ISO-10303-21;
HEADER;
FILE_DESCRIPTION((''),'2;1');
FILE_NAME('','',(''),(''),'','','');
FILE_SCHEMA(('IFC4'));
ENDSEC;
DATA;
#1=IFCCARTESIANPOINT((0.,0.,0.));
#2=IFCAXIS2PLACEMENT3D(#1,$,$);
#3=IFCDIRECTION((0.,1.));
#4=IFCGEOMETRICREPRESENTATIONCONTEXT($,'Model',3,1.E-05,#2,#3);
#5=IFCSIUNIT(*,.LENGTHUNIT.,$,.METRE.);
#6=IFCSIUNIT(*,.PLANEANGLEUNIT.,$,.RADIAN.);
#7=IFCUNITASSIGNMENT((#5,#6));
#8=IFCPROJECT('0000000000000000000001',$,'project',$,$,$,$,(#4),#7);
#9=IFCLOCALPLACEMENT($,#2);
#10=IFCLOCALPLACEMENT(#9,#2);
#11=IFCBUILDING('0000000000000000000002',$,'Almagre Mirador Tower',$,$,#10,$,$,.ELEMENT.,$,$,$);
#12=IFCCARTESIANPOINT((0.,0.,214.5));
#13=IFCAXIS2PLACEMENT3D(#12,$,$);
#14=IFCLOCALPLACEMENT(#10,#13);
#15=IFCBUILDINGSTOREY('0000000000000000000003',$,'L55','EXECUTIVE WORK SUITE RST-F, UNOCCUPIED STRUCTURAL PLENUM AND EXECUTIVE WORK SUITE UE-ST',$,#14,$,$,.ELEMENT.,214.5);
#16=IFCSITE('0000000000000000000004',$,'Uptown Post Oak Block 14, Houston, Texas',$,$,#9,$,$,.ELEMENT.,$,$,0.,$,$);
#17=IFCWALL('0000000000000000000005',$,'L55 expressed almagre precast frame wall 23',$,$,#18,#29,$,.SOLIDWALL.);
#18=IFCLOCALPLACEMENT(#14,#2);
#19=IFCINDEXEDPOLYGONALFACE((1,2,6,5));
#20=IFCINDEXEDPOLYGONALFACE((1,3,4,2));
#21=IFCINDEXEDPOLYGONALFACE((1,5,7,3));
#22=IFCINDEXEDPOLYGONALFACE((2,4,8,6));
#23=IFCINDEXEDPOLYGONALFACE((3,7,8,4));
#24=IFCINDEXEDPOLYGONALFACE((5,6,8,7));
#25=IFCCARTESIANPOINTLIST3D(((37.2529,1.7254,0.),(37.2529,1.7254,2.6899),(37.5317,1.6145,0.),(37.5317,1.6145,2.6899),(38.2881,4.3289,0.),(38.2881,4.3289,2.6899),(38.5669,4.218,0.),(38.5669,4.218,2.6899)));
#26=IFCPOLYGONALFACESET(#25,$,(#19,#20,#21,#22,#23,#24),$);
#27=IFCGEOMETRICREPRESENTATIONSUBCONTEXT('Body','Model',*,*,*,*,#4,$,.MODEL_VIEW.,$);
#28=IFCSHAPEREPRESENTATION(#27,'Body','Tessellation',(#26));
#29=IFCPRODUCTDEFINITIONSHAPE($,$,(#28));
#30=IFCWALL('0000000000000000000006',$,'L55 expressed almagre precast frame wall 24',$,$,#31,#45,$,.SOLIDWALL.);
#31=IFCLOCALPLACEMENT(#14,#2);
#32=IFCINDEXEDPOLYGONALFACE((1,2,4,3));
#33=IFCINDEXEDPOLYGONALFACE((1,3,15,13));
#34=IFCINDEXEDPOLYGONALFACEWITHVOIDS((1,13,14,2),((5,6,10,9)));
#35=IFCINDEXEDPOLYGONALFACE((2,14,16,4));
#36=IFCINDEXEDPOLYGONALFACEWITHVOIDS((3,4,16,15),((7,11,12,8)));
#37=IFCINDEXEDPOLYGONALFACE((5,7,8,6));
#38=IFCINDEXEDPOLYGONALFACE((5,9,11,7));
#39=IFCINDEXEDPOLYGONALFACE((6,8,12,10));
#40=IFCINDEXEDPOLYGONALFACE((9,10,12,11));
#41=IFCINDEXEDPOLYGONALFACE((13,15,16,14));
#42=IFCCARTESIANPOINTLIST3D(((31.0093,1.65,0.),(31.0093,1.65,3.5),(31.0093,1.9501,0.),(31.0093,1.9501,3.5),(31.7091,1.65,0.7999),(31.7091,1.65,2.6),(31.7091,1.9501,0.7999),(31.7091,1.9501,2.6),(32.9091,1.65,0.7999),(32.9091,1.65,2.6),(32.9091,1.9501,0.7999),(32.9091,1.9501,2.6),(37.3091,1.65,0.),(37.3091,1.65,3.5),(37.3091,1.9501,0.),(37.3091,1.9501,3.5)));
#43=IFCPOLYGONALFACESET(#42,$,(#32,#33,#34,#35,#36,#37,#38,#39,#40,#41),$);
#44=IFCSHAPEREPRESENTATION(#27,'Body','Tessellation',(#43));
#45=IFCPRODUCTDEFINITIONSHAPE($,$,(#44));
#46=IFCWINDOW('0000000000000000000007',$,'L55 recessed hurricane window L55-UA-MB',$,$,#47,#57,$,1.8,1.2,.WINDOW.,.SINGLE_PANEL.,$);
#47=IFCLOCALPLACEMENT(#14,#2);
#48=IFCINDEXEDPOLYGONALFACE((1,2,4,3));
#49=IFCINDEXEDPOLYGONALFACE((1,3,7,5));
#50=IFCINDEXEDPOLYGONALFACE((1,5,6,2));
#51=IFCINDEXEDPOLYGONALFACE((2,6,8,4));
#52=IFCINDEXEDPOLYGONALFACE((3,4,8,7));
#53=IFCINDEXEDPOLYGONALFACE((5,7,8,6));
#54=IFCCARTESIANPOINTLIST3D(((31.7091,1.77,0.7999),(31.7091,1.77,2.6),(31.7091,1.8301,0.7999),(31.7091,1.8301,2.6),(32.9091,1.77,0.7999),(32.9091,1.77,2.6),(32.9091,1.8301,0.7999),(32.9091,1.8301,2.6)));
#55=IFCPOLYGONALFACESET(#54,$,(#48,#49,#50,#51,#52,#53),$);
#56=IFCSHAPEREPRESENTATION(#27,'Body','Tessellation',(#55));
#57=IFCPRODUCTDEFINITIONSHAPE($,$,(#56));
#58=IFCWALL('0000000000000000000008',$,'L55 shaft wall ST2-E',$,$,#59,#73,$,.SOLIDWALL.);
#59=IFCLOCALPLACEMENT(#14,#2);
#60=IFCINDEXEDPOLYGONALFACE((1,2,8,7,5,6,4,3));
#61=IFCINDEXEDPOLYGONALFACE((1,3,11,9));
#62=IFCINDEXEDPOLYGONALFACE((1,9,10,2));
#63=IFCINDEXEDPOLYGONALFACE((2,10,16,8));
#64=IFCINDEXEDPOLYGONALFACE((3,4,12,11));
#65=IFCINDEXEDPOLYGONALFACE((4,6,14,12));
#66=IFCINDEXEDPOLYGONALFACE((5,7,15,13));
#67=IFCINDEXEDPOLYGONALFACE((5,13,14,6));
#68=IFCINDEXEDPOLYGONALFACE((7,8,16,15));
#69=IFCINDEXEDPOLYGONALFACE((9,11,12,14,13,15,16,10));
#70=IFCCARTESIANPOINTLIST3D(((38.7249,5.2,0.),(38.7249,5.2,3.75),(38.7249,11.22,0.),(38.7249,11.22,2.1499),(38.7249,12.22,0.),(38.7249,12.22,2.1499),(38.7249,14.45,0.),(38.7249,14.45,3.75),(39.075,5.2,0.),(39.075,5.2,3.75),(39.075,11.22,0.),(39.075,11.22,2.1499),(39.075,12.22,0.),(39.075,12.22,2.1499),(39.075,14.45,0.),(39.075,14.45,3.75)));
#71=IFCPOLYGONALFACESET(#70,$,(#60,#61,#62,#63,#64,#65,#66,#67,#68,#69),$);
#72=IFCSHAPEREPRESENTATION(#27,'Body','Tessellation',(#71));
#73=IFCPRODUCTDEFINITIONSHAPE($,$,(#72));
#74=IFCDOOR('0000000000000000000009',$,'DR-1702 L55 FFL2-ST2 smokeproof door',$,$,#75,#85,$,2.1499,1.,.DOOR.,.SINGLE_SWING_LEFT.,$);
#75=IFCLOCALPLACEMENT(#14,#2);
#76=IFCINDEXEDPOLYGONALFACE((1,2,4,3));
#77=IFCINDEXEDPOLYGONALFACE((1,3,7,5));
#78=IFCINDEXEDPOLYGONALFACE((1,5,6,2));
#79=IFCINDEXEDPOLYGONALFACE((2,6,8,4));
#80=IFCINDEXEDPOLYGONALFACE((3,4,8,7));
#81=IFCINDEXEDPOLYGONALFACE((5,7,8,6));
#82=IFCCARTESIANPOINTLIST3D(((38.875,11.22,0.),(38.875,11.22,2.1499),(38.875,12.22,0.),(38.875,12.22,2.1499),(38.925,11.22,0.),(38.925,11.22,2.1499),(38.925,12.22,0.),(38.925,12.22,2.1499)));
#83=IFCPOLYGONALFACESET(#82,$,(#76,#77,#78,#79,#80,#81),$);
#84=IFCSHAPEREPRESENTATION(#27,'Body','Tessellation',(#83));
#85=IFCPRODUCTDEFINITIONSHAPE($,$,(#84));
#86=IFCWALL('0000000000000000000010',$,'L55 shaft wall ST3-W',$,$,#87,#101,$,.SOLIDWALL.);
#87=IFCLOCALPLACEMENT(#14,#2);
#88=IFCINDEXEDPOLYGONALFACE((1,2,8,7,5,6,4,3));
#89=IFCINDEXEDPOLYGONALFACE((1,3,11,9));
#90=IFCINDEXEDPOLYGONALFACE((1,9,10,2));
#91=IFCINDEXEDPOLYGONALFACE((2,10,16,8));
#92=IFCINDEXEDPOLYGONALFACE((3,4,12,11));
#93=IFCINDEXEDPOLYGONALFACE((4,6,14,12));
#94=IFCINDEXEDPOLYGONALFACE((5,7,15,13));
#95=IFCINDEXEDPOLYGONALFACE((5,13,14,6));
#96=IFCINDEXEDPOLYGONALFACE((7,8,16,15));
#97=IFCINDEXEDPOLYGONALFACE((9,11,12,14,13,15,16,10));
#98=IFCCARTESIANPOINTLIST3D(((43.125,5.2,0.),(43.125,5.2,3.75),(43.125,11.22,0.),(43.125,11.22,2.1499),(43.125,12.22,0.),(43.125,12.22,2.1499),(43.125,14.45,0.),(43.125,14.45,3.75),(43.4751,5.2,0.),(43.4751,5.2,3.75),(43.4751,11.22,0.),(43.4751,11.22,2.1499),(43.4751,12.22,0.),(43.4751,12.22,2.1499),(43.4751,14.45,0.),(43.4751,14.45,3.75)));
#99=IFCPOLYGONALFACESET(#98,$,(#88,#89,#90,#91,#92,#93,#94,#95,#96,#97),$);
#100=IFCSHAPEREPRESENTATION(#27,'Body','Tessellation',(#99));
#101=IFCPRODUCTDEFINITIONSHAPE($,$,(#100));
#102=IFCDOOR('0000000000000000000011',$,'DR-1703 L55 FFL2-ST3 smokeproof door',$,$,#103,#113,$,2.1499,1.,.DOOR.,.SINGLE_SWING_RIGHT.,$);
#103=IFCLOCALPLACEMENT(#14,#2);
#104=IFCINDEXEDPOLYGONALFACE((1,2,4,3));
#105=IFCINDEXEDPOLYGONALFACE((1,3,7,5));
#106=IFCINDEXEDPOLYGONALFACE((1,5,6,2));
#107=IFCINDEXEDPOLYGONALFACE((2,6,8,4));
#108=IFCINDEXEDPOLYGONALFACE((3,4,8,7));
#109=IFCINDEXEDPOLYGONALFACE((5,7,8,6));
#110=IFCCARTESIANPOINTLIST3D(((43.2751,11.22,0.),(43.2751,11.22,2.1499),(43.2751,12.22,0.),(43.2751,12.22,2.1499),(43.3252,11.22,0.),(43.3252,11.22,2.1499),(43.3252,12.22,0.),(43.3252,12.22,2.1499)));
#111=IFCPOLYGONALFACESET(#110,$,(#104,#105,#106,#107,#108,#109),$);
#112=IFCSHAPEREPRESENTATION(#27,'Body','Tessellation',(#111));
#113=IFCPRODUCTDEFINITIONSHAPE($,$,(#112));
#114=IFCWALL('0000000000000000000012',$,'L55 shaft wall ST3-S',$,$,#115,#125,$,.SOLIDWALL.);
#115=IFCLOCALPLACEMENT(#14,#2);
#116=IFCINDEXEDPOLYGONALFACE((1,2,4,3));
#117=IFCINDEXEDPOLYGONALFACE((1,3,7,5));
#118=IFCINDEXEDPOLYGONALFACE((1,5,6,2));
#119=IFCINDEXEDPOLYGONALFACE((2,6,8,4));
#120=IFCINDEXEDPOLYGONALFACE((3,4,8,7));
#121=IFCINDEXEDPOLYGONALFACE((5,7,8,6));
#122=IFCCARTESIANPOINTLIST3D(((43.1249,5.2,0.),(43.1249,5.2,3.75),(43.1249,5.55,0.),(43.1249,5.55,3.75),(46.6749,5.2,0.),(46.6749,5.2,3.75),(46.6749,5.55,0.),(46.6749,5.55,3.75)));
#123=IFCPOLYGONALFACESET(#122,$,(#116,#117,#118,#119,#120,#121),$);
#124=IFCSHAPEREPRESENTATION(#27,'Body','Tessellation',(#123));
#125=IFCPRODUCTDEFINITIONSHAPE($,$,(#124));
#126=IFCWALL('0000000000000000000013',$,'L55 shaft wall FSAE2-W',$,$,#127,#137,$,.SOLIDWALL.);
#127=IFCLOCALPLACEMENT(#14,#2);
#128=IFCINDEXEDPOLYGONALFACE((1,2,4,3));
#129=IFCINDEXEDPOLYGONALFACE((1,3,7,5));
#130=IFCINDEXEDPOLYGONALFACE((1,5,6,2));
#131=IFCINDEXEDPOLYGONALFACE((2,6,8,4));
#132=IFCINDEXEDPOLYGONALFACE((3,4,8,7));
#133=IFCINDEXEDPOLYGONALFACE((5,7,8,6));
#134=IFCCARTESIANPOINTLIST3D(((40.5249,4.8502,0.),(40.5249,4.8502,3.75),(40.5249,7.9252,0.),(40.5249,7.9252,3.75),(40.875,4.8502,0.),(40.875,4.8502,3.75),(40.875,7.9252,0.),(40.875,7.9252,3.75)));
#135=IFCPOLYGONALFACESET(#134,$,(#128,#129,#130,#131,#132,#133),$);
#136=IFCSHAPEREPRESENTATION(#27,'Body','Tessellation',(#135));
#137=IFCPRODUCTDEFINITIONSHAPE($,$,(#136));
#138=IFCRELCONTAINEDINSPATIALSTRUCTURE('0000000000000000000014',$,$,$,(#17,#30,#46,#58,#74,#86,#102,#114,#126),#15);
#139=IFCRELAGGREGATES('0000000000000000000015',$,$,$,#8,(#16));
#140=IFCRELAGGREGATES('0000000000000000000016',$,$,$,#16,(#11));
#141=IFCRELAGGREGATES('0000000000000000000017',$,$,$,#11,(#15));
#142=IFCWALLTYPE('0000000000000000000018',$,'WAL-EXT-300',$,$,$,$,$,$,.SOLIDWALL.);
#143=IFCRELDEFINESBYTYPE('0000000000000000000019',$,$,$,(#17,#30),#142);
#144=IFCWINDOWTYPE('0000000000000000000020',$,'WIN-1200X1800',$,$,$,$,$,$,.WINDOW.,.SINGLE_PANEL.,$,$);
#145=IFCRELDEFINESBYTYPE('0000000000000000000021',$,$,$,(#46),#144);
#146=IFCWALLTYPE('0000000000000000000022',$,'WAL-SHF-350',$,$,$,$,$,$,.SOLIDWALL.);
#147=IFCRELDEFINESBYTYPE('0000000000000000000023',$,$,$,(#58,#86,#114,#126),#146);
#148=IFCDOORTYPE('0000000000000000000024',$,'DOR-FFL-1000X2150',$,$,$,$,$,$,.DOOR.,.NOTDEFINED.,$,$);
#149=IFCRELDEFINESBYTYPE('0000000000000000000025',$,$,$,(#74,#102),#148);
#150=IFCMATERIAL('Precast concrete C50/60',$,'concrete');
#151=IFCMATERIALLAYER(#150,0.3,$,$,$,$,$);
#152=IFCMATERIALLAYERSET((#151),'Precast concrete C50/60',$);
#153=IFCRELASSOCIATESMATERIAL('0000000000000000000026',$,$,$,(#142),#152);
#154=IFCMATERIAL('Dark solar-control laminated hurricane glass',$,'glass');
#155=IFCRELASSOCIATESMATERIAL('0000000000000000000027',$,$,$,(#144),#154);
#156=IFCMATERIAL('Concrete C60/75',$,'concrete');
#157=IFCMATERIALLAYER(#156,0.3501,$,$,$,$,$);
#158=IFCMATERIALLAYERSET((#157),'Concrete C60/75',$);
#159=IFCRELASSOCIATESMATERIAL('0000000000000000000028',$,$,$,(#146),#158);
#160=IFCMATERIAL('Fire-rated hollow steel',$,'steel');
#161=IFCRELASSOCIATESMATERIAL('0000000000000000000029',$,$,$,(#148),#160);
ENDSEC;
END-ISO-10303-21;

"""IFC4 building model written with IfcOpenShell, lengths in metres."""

from ifc_helpers import new_model, si_unit, direction, frame, frame_2d, origin, place, context, subcontext, project, spatial, rectangle, extrude, material, layer, layer_set, type_object, element, fill, save


model = new_model("IFC4")

# Units and contexts
model_context = context("Model", 3, precision=1e-05, world=origin(), true_north=direction((0.0, 1.0)))
body_context = subcontext(model_context, "Body", "Model", "MODEL_VIEW")
ifc_project = project(units=[si_unit("LENGTHUNIT", "METRE"), si_unit("PLANEANGLEUNIT", "RADIAN")], contexts=[model_context])

# Site, building, storey
site_placement = place(None, origin())
site = spatial("IfcSite", under=ifc_project, at=site_placement, Name="Uptown Post Oak Block 14, Houston, Texas", CompositionType="ELEMENT", RefElevation=0.0)
building_placement = place(site_placement, origin())
building = spatial("IfcBuilding", under=site, at=building_placement, Name="Almagre Mirador Tower", CompositionType="ELEMENT")
storey_placement = place(building_placement, frame((0.0, 0.0, 214.5)))
storey = spatial("IfcBuildingStorey", under=building, at=storey_placement, Name="L55", Description="EXECUTIVE WORK SUITE RST-F, UNOCCUPIED STRUCTURAL PLENUM AND EXECUTIVE WORK SUITE UE-ST", CompositionType="ELEMENT", Elevation=214.5)

# Shared definitions
ifc_material_1 = material(Name="Precast concrete C50/60", Category="concrete")
ifc_layer_1 = layer(ifc_material_1, 0.3)
ifc_layer_set_1 = layer_set([ifc_layer_1], Name="Precast concrete C50/60")
wall_type_1 = type_object("IfcWallType", Name="WAL-EXT-300", PredefinedType="SOLIDWALL", material=ifc_layer_set_1)
ifc_material_2 = material(Name="Dark solar-control laminated hurricane glass", Category="glass")
window_type = type_object("IfcWindowType", Name="WIN-1200X1800", PartitioningType="SINGLE_PANEL", PredefinedType="WINDOW", material=ifc_material_2)

# Wall
wall_1_placement = place(storey_placement, frame((38.4275, 4.2734, 0.0), z_axis=(0.0, 0.0, 1.0), x_axis=(-0.369467, -0.929244, 0.0)))
element("IfcWall", 1, at=wall_1_placement, inside=storey, type_object=wall_type_1, Name="L55 expressed almagre precast frame wall 23", PredefinedType="SOLIDWALL", context=body_context, shape_type="SweptSolid", body=[
    extrude(rectangle(XDim=2.8018, YDim=0.3, at=frame_2d((1.4009, 0.0))), origin(), (0.0, 0.0, 1.0), 2.6899),
])

# Wall, opening, window
wall_2_placement = place(storey_placement, frame((37.3091, 1.8, 0.0), z_axis=(0.0, 0.0, 1.0), x_axis=(-1.0, 0.0, 0.0)))
wall_2 = element("IfcWall", 2, at=wall_2_placement, inside=storey, type_object=wall_type_1, Name="L55 expressed almagre precast frame wall 24", PredefinedType="SOLIDWALL", context=body_context, shape_type="SweptSolid", body=[
    extrude(rectangle(XDim=6.2998, YDim=0.3, at=frame_2d((3.1499, 0.0))), origin(), (0.0, 0.0, 1.0), 3.5),
])
opening_1_placement = place(wall_2_placement, frame((4.3999, 0.0, 0.8)))
opening_1 = element("IfcOpeningElement", 3, at=opening_1_placement, cuts=wall_2, PredefinedType="OPENING", context=body_context, shape_type="SweptSolid", body=[
    extrude(rectangle(XDim=1.2, YDim=1.8, at=frame_2d((0.6001, 0.8999))), frame((0.0, 0.1599, 0.0), z_axis=(0.0, -1.0, 0.0), x_axis=(1.0, 0.0, 0.0)), (0.0, 0.0, 1.0), 0.32),
])
window_1_placement = place(opening_1_placement, origin())
window_1 = element("IfcWindow", 4, at=window_1_placement, inside=storey, type_object=window_type, Name="L55 recessed hurricane window L55-UA-MB", OverallHeight=1.8, OverallWidth=1.2, PartitioningType="SINGLE_PANEL", PredefinedType="WINDOW", context=body_context, shape_type="SweptSolid", body=[
    extrude(rectangle(XDim=1.2, YDim=1.8, at=frame_2d((0.6001, 0.8999))), frame((0.0, 0.03, 0.0), z_axis=(0.0, -1.0, 0.0), x_axis=(1.0, 0.0, 0.0)), (0.0, 0.0, 1.0), 0.0601),
])
fill(opening_1, window_1)

# Walls, openings, doors
ifc_material_3 = material(Name="Concrete C60/75", Category="concrete")
ifc_layer_2 = layer(ifc_material_3, 0.3501)
ifc_layer_set_2 = layer_set([ifc_layer_2], Name="Concrete C60/75")
wall_type_2 = type_object("IfcWallType", Name="WAL-SHF-350", PredefinedType="SOLIDWALL", material=ifc_layer_set_2)
wall_3_placement = place(storey_placement, frame((38.8999, 5.2, 0.0), z_axis=(0.0, 0.0, 1.0), x_axis=(0.0, 1.0, 0.0)))
wall_3 = element("IfcWall", 5, at=wall_3_placement, inside=storey, type_object=wall_type_2, Name="L55 shaft wall ST2-E", PredefinedType="SOLIDWALL", context=body_context, shape_type="SweptSolid", body=[
    extrude(rectangle(XDim=9.25, YDim=0.3501, at=frame_2d((4.625, 0.0))), origin(), (0.0, 0.0, 1.0), 3.75),
])
opening_2_placement = place(wall_3_placement, frame((6.02, 0.0, 0.0)))
opening_2 = element("IfcOpeningElement", 6, at=opening_2_placement, cuts=wall_3, PredefinedType="OPENING", context=body_context, shape_type="SweptSolid", body=[
    extrude(rectangle(XDim=1.0, YDim=2.1499, at=frame_2d((0.5, 1.075))), frame((0.0, 0.185, 0.0), z_axis=(0.0, -1.0, 0.0), x_axis=(1.0, 0.0, 0.0)), (0.0, 0.0, 1.0), 0.3701),
])
ifc_material_4 = material(Name="Fire-rated hollow steel", Category="steel")
door_type = type_object("IfcDoorType", Name="DOR-FFL-1000X2150", OperationType="NOTDEFINED", PredefinedType="DOOR", material=ifc_material_4)
door_1_placement = place(opening_2_placement, origin())
door_1 = element("IfcDoor", 7, at=door_1_placement, inside=storey, type_object=door_type, Name="DR-1702 L55 FFL2-ST2 smokeproof door", OperationType="SINGLE_SWING_LEFT", OverallHeight=2.1499, OverallWidth=1.0, PredefinedType="DOOR", context=body_context, shape_type="SweptSolid", body=[
    extrude(rectangle(XDim=1.0, YDim=2.1499, at=frame_2d((0.5, 1.075))), frame((0.0, 0.0249, 0.0), z_axis=(0.0, -1.0, 0.0), x_axis=(1.0, 0.0, 0.0)), (0.0, 0.0, 1.0), 0.05),
])
fill(opening_2, door_1)
wall_4_placement = place(storey_placement, frame((43.3, 5.2, 0.0), z_axis=(0.0, 0.0, 1.0), x_axis=(0.0, 1.0, 0.0)))
wall_4 = element("IfcWall", 8, at=wall_4_placement, inside=storey, type_object=wall_type_2, Name="L55 shaft wall ST3-W", PredefinedType="SOLIDWALL", context=body_context, shape_type="SweptSolid", body=[
    extrude(rectangle(XDim=9.25, YDim=0.3501, at=frame_2d((4.625, 0.0))), origin(), (0.0, 0.0, 1.0), 3.75),
])
opening_3_placement = place(wall_4_placement, frame((6.02, 0.0, 0.0)))
opening_3 = element("IfcOpeningElement", 9, at=opening_3_placement, cuts=wall_4, PredefinedType="OPENING", context=body_context, shape_type="SweptSolid", body=[
    extrude(rectangle(XDim=1.0, YDim=2.1499, at=frame_2d((0.5, 1.075))), frame((0.0, 0.185, 0.0), z_axis=(0.0, -1.0, 0.0), x_axis=(1.0, 0.0, 0.0)), (0.0, 0.0, 1.0), 0.3701),
])
door_2_placement = place(opening_3_placement, origin())
door_2 = element("IfcDoor", 10, at=door_2_placement, inside=storey, type_object=door_type, Name="DR-1703 L55 FFL2-ST3 smokeproof door", OperationType="SINGLE_SWING_RIGHT", OverallHeight=2.1499, OverallWidth=1.0, PredefinedType="DOOR", context=body_context, shape_type="SweptSolid", body=[
    extrude(rectangle(XDim=1.0, YDim=2.1499, at=frame_2d((0.5, 1.075))), frame((0.0, 0.0249, 0.0), z_axis=(0.0, -1.0, 0.0), x_axis=(1.0, 0.0, 0.0)), (0.0, 0.0, 1.0), 0.05),
])
fill(opening_3, door_2)

# Walls
wall_5_placement = place(storey_placement, frame((43.125, 5.375, 0.0), z_axis=(0.0, 0.0, 1.0), x_axis=(1.0, 0.0, 0.0)))
element("IfcWall", 11, at=wall_5_placement, inside=storey, type_object=wall_type_2, Name="L55 shaft wall ST3-S", PredefinedType="SOLIDWALL", context=body_context, shape_type="SweptSolid", body=[
    extrude(rectangle(XDim=3.55, YDim=0.3501, at=frame_2d((1.7749, 0.0))), origin(), (0.0, 0.0, 1.0), 3.75),
])
wall_6_placement = place(storey_placement, frame((40.7, 4.8501, 0.0), z_axis=(0.0, 0.0, 1.0), x_axis=(0.0, 1.0, 0.0)))
element("IfcWall", 12, at=wall_6_placement, inside=storey, type_object=wall_type_2, Name="L55 shaft wall FSAE2-W", PredefinedType="SOLIDWALL", context=body_context, shape_type="SweptSolid", body=[
    extrude(rectangle(XDim=3.075, YDim=0.3501, at=frame_2d((1.5376, 0.0))), origin(), (0.0, 0.0, 1.0), 3.75),
])

save(model, "model.ifc")
